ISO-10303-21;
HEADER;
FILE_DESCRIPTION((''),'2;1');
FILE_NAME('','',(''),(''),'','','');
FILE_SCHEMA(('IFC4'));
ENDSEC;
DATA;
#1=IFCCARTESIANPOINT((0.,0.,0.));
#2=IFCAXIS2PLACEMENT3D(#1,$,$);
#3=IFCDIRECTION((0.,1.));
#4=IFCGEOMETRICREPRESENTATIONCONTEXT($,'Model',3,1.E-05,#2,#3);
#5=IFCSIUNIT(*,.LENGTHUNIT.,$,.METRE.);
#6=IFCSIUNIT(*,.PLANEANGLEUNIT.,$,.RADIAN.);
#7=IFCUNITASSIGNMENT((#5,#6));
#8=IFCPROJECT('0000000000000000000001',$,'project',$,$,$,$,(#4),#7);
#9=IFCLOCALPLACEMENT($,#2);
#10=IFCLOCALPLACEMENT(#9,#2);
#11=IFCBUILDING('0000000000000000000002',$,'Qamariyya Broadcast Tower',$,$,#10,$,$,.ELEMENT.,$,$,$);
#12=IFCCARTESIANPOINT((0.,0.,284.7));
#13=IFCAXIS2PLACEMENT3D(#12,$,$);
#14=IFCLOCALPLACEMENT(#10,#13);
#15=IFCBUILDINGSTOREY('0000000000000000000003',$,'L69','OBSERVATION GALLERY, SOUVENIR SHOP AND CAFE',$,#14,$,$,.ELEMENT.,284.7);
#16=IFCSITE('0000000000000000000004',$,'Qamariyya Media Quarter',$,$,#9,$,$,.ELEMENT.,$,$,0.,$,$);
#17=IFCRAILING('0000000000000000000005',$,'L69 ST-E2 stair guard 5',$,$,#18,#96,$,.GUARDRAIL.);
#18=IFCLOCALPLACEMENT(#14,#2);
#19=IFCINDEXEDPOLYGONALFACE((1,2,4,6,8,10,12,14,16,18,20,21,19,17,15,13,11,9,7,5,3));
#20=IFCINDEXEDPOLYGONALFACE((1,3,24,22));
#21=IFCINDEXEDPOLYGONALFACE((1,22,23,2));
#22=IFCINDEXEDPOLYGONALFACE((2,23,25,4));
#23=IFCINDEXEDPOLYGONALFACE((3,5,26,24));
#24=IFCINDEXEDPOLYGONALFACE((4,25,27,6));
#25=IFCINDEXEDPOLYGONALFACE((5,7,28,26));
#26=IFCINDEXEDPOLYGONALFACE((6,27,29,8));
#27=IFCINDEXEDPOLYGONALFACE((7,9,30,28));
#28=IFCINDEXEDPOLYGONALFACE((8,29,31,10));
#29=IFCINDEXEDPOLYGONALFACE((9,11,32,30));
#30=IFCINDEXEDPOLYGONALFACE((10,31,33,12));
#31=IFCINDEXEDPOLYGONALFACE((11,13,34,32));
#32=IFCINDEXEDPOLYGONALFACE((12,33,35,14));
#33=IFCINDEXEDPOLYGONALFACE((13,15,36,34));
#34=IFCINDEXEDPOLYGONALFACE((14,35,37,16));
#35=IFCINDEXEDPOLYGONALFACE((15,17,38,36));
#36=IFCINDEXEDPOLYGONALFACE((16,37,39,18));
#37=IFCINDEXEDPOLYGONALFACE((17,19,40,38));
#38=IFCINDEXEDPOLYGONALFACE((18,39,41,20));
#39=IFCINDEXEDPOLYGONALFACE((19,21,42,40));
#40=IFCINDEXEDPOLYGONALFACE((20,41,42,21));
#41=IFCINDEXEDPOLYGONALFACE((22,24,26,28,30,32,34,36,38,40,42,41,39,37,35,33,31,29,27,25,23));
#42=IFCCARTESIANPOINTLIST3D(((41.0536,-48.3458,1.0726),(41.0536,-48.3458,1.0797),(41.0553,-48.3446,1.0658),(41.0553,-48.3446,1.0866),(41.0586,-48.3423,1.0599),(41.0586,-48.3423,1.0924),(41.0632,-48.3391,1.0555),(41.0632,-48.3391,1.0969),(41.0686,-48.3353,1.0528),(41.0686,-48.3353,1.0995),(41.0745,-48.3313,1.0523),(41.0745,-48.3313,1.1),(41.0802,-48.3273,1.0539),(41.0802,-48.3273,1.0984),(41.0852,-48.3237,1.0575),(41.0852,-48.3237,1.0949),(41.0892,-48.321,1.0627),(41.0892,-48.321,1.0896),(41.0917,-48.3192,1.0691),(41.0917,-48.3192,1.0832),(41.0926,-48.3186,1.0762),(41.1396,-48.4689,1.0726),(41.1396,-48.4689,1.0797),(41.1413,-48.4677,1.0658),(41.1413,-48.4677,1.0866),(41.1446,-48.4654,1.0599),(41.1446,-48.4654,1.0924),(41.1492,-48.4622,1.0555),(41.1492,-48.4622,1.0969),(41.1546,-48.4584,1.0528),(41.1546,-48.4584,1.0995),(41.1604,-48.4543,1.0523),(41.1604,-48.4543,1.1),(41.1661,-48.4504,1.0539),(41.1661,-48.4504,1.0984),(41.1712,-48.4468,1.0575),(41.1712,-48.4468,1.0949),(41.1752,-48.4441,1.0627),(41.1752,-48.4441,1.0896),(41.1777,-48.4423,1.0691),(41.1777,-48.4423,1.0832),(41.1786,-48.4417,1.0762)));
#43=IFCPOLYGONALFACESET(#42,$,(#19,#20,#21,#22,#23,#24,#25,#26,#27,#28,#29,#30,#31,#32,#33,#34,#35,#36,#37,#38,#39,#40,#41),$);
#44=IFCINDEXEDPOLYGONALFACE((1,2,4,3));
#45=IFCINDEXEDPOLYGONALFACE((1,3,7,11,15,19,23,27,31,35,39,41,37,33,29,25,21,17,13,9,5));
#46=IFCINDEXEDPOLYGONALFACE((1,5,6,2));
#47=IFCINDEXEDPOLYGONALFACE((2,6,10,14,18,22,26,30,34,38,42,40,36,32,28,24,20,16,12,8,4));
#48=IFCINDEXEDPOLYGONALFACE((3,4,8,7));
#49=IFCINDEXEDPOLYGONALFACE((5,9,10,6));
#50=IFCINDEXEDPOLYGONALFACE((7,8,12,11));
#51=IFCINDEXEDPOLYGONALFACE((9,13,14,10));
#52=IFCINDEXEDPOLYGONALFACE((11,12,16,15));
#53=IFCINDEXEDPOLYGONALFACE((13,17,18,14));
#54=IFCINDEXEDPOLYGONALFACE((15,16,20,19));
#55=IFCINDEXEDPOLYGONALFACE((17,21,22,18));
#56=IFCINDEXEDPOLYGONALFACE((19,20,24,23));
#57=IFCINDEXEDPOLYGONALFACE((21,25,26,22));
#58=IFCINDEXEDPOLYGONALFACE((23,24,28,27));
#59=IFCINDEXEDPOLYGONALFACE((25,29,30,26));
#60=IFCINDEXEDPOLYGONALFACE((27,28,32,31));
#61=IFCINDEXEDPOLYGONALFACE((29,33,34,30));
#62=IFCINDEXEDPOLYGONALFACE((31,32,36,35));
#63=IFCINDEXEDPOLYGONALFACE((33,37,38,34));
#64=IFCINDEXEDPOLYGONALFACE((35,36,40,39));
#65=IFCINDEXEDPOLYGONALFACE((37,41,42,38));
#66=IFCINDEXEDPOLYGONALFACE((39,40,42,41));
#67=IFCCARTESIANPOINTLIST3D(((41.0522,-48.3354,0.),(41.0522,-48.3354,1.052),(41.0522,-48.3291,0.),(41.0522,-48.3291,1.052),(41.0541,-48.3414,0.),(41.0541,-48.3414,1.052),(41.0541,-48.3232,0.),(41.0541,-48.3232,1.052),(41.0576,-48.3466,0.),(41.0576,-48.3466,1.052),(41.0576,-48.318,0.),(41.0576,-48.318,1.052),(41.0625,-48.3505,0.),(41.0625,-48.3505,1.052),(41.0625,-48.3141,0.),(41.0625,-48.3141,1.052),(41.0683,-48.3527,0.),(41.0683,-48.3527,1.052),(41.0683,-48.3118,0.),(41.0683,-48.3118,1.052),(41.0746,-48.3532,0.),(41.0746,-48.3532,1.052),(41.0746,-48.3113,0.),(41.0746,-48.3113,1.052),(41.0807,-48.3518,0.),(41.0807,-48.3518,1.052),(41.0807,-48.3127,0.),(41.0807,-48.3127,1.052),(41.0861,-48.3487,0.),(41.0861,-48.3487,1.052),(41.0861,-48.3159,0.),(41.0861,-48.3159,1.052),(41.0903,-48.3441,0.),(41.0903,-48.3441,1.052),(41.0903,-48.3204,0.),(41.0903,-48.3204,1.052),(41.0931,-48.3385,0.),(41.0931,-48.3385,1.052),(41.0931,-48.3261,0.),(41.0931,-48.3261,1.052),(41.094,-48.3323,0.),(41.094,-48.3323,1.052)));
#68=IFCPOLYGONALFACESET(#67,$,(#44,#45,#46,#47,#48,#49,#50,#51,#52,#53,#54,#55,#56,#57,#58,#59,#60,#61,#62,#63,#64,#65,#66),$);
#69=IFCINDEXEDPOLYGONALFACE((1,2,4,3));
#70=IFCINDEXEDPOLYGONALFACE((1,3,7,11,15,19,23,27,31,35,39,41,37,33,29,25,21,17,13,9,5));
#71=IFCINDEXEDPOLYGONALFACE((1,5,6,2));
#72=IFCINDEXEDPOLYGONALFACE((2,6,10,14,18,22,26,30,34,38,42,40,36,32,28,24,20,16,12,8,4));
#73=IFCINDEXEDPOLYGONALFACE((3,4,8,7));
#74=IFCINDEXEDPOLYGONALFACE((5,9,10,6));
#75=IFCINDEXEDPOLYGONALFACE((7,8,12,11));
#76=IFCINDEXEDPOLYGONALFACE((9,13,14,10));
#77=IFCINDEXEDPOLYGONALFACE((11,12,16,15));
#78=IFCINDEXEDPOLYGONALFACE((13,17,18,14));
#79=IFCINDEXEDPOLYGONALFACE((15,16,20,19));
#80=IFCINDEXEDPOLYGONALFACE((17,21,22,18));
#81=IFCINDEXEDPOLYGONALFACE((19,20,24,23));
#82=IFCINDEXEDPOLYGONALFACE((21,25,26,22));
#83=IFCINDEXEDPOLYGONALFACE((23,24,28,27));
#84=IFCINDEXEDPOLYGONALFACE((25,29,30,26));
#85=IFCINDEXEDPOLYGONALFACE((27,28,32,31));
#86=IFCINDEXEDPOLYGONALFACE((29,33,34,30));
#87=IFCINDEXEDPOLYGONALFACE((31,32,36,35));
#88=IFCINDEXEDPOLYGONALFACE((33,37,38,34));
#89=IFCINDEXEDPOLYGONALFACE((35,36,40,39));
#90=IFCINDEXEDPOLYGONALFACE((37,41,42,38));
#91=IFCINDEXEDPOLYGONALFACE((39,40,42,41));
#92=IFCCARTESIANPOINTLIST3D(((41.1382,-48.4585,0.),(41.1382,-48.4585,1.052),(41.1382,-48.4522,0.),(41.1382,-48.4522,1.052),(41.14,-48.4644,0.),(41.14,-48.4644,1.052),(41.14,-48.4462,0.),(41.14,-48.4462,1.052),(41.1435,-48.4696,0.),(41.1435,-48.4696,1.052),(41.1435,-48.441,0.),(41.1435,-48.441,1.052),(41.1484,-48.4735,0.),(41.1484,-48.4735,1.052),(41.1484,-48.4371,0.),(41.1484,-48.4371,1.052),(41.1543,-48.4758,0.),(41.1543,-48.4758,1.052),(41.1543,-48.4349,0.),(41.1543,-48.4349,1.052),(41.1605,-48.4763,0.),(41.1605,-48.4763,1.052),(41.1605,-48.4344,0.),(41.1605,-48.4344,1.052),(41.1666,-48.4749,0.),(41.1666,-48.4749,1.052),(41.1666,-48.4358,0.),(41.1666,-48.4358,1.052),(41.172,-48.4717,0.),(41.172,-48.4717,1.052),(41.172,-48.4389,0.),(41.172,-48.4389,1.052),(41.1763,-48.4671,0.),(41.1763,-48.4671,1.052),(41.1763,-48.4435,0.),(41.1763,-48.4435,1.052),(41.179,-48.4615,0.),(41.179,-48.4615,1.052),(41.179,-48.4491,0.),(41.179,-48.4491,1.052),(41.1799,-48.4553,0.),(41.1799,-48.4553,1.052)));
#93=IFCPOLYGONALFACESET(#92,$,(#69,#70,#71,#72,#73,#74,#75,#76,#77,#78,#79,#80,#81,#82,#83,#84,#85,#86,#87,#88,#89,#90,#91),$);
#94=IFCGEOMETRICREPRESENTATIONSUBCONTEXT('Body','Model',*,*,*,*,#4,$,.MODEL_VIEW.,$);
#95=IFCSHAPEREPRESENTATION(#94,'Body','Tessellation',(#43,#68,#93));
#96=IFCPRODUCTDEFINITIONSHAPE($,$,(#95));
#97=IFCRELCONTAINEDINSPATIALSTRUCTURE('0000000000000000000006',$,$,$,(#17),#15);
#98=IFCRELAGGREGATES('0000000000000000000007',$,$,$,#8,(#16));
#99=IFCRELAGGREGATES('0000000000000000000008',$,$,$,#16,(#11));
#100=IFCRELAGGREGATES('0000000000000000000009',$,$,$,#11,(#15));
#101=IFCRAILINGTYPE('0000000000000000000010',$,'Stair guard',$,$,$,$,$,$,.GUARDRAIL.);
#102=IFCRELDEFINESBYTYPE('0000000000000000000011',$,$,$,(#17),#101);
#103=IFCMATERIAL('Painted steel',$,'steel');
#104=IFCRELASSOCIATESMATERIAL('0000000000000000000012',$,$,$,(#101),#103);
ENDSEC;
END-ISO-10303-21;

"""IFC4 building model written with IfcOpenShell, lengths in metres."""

from ifc_helpers import new_model, si_unit, direction, frame, origin, origin_2d, place, context, subcontext, project, spatial, circle, extrude, material, type_object, element, save


model = new_model("IFC4")

# Units and contexts
model_context = context("Model", 3, precision=1e-05, world=origin(), true_north=direction((0.0, 1.0)))
body_context = subcontext(model_context, "Body", "Model", "MODEL_VIEW")
ifc_project = project(units=[si_unit("LENGTHUNIT", "METRE"), si_unit("PLANEANGLEUNIT", "RADIAN")], contexts=[model_context])

# Site, building, storey
site_placement = place(None, origin())
site = spatial("IfcSite", under=ifc_project, at=site_placement, Name="Qamariyya Media Quarter", CompositionType="ELEMENT", RefElevation=0.0)
building_placement = place(site_placement, origin())
building = spatial("IfcBuilding", under=site, at=building_placement, Name="Qamariyya Broadcast Tower", CompositionType="ELEMENT")
storey_placement = place(building_placement, frame((0.0, 0.0, 284.7)))
storey = spatial("IfcBuildingStorey", under=building, at=storey_placement, Name="L69", Description="OBSERVATION GALLERY, SOUVENIR SHOP AND CAFE", CompositionType="ELEMENT", Elevation=284.7)

# Railing
ifc_material_1 = material(Name="Painted steel", Category="steel")
railing_type_1 = type_object("IfcRailingType", Name="Stair guard", PredefinedType="GUARDRAIL", material=ifc_material_1)
railing_1_placement = place(storey_placement, frame((41.073, -48.3323, 0.0)))
element("IfcRailing", 1, at=railing_1_placement, inside=storey, type_object=railing_type_1, Name="L69 ST-E2 stair guard 5", PredefinedType="GUARDRAIL", context=body_context, shape_type="SweptSolid", body=[
    extrude(circle(Radius=0.0239, at=origin_2d()), frame((0.0, 0.0, 1.0762), z_axis=(0.572589, -0.819843, 0.0), x_axis=(0.819843, 0.572589, 0.0)), (0.0, 0.0, 1.0), 0.1501),
    extrude(circle(Radius=0.021, at=origin_2d()), origin(), (0.0, 0.0, 1.0), 1.052),
    extrude(circle(Radius=0.021, at=origin_2d()), frame((0.0859, -0.123, 0.0)), (0.0, 0.0, 1.0), 1.052),
])

save(model, "model.ifc")
